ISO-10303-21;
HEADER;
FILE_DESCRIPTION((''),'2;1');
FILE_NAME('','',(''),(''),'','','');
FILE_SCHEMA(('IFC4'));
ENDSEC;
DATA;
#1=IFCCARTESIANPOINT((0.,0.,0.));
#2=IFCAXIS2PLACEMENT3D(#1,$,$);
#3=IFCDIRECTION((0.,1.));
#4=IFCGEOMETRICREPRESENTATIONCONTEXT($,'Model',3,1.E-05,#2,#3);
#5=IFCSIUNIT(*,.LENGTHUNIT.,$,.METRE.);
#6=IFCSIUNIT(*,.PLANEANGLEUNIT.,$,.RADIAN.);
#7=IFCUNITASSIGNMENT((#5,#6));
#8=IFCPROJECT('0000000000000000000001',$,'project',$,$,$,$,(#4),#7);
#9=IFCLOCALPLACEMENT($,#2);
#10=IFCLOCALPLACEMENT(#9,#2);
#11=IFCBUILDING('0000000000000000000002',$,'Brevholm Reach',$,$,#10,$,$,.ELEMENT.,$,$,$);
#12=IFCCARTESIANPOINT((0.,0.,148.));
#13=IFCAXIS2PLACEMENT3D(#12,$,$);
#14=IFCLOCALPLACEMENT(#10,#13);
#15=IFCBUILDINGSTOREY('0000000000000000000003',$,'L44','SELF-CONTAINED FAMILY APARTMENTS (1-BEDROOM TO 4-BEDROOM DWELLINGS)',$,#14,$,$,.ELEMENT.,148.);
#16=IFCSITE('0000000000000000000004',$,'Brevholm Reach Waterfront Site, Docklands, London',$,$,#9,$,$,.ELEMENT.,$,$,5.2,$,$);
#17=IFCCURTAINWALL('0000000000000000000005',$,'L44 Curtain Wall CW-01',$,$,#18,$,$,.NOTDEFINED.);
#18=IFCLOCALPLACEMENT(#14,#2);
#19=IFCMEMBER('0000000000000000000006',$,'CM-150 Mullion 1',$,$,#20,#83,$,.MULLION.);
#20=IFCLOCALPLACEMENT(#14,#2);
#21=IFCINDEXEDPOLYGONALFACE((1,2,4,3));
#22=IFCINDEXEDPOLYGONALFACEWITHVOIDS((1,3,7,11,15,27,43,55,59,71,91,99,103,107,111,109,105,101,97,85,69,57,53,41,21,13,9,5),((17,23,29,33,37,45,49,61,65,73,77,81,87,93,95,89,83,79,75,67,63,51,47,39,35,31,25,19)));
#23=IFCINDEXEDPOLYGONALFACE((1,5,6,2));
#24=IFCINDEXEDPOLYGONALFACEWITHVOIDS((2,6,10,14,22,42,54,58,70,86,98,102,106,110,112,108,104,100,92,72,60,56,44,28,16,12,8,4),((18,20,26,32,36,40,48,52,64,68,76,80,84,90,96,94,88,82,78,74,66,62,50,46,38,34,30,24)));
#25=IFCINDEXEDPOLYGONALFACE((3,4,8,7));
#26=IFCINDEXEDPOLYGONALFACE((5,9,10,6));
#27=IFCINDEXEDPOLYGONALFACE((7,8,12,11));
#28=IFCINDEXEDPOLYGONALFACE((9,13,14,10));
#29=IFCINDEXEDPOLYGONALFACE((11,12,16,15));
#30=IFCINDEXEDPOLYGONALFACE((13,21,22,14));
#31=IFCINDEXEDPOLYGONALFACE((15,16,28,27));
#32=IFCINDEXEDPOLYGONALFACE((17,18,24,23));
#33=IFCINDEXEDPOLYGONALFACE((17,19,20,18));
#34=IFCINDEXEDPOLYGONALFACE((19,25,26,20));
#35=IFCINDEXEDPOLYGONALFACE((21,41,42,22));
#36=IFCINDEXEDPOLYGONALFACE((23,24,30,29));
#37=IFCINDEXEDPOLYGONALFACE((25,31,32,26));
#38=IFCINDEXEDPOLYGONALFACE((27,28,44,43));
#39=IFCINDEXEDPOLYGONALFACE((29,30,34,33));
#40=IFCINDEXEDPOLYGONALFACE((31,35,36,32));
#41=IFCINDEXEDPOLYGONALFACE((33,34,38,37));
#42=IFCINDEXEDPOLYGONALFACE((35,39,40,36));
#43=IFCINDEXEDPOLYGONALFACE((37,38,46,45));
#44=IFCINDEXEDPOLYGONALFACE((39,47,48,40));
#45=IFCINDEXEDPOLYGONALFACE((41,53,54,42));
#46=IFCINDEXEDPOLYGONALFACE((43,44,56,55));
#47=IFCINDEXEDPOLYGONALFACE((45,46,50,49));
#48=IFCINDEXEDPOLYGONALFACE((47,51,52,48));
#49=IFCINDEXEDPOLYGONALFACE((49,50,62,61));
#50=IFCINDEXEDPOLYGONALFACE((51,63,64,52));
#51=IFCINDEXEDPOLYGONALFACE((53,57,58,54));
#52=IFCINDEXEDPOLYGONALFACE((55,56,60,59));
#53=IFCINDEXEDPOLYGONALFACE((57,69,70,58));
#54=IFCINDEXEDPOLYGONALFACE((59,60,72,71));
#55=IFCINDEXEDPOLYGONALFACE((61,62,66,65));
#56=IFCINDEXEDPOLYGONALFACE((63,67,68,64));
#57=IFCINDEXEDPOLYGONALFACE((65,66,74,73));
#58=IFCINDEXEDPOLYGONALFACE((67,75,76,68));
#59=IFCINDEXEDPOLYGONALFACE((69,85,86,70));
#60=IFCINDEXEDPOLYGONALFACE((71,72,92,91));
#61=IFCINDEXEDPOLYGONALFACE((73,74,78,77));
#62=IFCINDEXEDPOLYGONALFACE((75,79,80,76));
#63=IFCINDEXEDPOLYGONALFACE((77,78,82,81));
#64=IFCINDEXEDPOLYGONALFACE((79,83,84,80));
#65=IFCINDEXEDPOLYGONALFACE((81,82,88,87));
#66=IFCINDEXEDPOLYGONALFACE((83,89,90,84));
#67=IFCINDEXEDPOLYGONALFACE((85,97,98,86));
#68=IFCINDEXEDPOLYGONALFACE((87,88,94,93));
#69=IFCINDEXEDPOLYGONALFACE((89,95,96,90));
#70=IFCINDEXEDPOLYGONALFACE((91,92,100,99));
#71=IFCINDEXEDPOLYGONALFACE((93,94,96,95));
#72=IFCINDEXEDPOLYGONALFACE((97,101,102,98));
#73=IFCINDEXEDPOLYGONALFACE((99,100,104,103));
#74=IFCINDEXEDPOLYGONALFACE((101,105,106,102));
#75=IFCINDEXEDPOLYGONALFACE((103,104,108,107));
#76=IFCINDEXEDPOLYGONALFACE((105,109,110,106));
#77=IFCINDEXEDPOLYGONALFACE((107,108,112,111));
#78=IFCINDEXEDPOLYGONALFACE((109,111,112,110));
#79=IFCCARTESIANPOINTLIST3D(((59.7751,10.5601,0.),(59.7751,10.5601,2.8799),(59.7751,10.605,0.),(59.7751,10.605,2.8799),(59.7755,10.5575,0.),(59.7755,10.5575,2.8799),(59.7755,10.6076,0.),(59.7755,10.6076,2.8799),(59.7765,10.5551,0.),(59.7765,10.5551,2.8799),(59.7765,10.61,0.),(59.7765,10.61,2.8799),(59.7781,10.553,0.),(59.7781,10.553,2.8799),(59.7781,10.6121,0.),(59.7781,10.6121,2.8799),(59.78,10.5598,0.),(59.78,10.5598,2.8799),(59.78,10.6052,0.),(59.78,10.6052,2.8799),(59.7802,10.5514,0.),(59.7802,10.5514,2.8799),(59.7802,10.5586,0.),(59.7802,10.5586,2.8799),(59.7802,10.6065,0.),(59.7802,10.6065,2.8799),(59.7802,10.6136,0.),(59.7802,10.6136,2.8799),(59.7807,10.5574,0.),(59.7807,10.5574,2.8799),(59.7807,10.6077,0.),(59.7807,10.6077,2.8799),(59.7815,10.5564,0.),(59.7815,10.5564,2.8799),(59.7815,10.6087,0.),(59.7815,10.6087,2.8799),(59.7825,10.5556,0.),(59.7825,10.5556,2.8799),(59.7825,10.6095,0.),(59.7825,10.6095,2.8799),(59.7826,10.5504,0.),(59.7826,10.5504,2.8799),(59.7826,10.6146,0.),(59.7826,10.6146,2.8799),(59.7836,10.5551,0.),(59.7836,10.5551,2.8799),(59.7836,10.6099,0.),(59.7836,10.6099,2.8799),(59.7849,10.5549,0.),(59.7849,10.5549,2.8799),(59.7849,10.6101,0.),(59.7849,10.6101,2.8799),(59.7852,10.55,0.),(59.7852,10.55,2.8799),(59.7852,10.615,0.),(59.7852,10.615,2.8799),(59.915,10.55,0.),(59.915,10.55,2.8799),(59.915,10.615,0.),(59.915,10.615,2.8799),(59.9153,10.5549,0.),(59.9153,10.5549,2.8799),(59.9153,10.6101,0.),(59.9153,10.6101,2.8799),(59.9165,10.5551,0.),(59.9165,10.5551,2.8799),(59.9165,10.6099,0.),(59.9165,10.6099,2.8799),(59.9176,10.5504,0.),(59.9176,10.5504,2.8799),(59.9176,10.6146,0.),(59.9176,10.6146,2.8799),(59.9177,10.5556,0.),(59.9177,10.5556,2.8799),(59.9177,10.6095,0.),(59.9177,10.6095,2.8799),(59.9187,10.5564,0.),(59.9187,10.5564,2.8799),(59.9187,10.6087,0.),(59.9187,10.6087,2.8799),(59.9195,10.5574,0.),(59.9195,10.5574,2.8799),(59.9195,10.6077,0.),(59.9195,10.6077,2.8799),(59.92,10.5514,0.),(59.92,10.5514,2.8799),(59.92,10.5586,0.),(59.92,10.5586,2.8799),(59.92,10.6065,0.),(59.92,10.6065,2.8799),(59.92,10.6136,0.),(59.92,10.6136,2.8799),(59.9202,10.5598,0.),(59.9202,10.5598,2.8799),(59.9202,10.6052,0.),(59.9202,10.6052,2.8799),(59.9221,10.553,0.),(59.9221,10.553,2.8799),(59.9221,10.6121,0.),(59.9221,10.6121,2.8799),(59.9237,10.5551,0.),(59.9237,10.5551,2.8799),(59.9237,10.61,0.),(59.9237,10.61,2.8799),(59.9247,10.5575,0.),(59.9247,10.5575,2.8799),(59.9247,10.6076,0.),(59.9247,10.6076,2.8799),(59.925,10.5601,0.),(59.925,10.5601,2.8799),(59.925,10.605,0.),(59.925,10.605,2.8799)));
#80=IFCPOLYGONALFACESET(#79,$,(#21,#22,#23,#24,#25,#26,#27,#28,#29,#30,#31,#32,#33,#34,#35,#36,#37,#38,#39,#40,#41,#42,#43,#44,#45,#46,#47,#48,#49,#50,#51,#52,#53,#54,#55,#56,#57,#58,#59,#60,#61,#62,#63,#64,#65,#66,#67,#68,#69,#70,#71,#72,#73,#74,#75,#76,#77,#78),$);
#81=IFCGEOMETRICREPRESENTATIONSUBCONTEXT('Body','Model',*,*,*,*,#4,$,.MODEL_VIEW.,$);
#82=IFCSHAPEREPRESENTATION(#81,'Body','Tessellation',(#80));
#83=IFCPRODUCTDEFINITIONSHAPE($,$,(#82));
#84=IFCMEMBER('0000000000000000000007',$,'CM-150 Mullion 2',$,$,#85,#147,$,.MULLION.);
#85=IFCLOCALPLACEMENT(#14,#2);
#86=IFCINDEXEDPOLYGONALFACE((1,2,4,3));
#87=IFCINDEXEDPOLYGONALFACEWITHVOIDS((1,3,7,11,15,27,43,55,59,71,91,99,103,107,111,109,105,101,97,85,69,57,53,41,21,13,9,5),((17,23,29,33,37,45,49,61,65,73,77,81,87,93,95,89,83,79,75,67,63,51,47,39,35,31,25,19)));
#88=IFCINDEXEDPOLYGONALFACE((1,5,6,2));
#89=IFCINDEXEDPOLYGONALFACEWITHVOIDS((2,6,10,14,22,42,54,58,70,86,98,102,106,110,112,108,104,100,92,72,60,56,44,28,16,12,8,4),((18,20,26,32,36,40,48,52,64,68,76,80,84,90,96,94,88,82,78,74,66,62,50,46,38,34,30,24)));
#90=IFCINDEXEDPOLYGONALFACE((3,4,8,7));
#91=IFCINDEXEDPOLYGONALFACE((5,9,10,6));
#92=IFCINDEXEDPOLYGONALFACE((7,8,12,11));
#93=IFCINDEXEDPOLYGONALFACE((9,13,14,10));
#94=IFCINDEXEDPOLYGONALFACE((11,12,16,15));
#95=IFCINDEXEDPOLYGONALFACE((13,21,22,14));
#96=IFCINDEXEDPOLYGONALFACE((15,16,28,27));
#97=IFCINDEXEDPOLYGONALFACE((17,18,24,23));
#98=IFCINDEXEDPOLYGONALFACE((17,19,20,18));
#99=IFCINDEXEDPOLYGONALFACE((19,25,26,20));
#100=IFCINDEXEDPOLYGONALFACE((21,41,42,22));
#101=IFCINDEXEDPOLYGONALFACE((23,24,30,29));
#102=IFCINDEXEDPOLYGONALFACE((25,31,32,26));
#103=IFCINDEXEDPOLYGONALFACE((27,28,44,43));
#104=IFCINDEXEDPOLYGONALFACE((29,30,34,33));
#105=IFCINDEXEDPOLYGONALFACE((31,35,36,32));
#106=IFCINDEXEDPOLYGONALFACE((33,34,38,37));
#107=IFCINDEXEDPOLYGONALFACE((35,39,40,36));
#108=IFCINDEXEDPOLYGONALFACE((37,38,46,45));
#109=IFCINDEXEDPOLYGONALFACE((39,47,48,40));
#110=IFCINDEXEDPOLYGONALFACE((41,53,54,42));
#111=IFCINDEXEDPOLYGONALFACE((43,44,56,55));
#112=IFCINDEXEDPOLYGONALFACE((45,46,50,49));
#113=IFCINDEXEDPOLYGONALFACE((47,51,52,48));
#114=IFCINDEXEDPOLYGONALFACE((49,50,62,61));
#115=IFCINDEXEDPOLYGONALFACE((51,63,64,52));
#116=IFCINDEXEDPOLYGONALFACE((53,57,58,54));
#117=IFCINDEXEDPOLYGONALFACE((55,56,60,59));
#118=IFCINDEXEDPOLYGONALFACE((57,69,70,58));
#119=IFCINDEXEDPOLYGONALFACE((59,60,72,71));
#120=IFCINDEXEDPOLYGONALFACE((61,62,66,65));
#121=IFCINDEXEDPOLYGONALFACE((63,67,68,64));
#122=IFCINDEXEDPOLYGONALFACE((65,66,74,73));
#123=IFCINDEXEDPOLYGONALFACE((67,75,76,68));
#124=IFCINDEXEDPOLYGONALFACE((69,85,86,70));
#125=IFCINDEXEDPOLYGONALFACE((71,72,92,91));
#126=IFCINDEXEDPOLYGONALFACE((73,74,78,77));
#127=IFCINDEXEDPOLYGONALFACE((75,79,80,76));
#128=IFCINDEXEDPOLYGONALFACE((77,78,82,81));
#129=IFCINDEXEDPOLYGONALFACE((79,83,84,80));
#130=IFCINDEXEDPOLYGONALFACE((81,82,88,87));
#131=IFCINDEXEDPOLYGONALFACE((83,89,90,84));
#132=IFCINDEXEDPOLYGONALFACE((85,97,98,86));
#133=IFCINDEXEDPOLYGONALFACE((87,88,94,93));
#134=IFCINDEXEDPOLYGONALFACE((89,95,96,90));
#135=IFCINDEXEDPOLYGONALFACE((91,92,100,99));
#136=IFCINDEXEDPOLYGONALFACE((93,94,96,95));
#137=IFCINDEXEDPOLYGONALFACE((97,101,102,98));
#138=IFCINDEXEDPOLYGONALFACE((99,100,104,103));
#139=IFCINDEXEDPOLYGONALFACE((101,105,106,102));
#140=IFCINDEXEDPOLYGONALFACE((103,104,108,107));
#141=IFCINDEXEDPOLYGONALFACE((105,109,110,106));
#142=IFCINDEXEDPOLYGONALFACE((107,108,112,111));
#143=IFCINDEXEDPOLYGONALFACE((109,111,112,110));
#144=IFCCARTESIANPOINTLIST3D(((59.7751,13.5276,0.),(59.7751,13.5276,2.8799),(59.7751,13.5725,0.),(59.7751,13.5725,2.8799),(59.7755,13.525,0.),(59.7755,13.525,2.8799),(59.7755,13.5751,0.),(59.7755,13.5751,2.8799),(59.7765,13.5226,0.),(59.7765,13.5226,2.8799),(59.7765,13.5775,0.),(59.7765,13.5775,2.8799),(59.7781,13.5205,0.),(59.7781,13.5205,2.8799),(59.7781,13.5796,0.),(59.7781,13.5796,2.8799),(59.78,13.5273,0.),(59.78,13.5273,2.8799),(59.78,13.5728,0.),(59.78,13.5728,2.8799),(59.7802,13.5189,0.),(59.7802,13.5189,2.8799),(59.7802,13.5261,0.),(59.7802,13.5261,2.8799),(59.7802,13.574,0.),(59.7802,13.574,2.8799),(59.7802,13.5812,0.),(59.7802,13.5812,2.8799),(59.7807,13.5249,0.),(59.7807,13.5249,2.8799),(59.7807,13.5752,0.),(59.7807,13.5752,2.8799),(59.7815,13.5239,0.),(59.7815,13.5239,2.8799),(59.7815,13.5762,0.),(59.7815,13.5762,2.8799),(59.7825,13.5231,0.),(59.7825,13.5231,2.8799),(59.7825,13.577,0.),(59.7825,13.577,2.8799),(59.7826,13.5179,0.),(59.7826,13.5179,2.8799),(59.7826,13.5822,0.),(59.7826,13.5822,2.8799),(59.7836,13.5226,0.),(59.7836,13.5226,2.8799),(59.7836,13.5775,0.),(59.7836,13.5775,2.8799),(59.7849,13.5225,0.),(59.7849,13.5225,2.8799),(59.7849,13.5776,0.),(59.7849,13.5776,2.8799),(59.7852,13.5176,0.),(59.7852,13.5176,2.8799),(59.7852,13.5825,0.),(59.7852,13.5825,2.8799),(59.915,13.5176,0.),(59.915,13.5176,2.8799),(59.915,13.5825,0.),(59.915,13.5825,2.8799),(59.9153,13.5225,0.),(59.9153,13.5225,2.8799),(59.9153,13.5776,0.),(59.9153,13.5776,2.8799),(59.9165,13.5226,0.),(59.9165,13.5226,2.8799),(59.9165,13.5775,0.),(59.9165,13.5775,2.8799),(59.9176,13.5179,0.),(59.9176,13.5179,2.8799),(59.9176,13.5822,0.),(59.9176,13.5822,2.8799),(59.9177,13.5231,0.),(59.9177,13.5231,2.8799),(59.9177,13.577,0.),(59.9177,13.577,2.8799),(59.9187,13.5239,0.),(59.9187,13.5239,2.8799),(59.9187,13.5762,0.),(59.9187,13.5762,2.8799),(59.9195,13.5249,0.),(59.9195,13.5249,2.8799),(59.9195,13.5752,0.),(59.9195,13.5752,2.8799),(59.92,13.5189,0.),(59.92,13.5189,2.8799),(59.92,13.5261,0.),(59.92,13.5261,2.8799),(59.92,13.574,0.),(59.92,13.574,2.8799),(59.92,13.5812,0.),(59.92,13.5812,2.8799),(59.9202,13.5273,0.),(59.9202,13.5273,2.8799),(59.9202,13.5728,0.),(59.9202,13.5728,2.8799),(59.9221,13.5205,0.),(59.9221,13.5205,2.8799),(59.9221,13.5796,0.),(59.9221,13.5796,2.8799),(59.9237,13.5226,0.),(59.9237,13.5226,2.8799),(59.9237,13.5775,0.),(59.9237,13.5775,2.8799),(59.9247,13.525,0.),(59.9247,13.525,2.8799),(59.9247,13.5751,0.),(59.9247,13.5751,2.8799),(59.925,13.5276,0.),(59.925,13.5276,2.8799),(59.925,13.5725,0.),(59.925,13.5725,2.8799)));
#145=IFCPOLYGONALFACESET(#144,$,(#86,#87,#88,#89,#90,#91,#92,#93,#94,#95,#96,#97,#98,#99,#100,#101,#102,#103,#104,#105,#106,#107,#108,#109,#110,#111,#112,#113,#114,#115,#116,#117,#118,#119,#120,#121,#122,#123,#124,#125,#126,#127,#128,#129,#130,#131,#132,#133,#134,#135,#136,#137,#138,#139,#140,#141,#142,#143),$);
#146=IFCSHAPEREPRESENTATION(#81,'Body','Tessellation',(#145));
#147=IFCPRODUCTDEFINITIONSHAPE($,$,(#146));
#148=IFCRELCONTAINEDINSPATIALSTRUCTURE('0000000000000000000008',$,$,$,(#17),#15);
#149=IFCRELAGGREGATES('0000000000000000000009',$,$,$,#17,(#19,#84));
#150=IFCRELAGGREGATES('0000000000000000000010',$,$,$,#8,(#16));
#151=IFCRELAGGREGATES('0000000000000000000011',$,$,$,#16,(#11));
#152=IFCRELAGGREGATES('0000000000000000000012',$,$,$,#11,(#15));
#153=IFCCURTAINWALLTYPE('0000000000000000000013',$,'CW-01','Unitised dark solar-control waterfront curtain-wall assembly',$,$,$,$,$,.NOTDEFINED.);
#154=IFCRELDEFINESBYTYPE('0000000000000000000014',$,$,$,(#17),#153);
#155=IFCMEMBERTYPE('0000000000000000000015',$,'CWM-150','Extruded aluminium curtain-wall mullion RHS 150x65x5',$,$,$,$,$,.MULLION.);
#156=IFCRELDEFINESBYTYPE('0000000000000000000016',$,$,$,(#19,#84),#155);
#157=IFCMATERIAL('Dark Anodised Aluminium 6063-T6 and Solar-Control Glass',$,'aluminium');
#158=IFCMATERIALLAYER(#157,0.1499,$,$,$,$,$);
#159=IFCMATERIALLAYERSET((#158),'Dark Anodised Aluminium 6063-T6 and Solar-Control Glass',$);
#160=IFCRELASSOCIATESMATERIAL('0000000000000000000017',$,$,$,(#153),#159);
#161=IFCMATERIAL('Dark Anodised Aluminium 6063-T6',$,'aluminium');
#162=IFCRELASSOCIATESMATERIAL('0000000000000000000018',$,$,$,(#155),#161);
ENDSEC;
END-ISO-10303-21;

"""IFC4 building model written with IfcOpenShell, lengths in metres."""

from ifc_helpers import new_model, si_unit, direction, frame, origin, origin_2d, place, context, subcontext, project, spatial, hollow_rectangle, extrude, material, layer, layer_set, material_profile, profile_set, type_object, element, aggregate, save


model = new_model("IFC4")

# Units and contexts
model_context = context("Model", 3, precision=1e-05, world=origin(), true_north=direction((0.0, 1.0)))
body_context = subcontext(model_context, "Body", "Model", "MODEL_VIEW")
ifc_project = project(units=[si_unit("LENGTHUNIT", "METRE"), si_unit("PLANEANGLEUNIT", "RADIAN")], contexts=[model_context])

# Site, building, storey
site_placement = place(None, origin())
site = spatial("IfcSite", under=ifc_project, at=site_placement, Name="Brevholm Reach Waterfront Site, Docklands, London", CompositionType="ELEMENT", RefElevation=5.2)
building_placement = place(site_placement, origin())
building = spatial("IfcBuilding", under=site, at=building_placement, Name="Brevholm Reach", CompositionType="ELEMENT")
storey_placement = place(building_placement, frame((0.0, 0.0, 148.0)))
storey = spatial("IfcBuildingStorey", under=building, at=storey_placement, Name="L44", Description="SELF-CONTAINED FAMILY APARTMENTS (1-BEDROOM TO 4-BEDROOM DWELLINGS)", CompositionType="ELEMENT", Elevation=148.0)

# Curtain wall, members
ifc_material_1 = material(Name="Dark Anodised Aluminium 6063-T6 and Solar-Control Glass", Category="aluminium")
ifc_layer_1 = layer(ifc_material_1, 0.1499)
ifc_layer_set_1 = layer_set([ifc_layer_1], Name="Dark Anodised Aluminium 6063-T6 and Solar-Control Glass")
curtain_wall_type = type_object("IfcCurtainWallType", Name="CW-01", Description="Unitised dark solar-control waterfront curtain-wall assembly", PredefinedType="NOTDEFINED", material=ifc_layer_set_1)
curtain_wall_placement = place(storey_placement, origin())
curtain_wall = element("IfcCurtainWall", 1, at=curtain_wall_placement, inside=storey, type_object=curtain_wall_type, Name="L44 Curtain Wall CW-01", PredefinedType="NOTDEFINED")
ifc_material_2 = material(Name="Dark Anodised Aluminium 6063-T6", Category="aluminium")
ifc_material_profile_1 = material_profile(ifc_material_2, hollow_rectangle(XDim=0.0649, YDim=0.1499, WallThickness=0.0049, InnerFilletRadius=0.0049, OuterFilletRadius=0.01, at=origin_2d()), Name="RHS 150x65x5")
ifc_profile_set_1 = profile_set([ifc_material_profile_1], Name="Dark Anodised Aluminium 6063-T6")
member_type_1 = type_object("IfcMemberType", Name="CWM-150", Description="Extruded aluminium curtain-wall mullion RHS 150x65x5", PredefinedType="MULLION", material=ifc_profile_set_1)
member_1_placement = place(storey_placement, frame((59.8501, 10.5825, 0.0), z_axis=(0.0, 0.0, 1.0), x_axis=(0.0, 1.0, 0.0)))
member_1 = element("IfcMember", 2, at=member_1_placement, type_object=member_type_1, Name="CM-150 Mullion 1", PredefinedType="MULLION", context=body_context, shape_type="SweptSolid", body=[
    extrude(hollow_rectangle(XDim=0.0649, YDim=0.1499, WallThickness=0.0049, InnerFilletRadius=0.0049, OuterFilletRadius=0.01, at=origin_2d()), origin(), (0.0, 0.0, 1.0), 2.8799),
])
member_2_placement = place(storey_placement, frame((59.8501, 13.55, 0.0), z_axis=(0.0, 0.0, 1.0), x_axis=(0.0, 1.0, 0.0)))
member_2 = element("IfcMember", 3, at=member_2_placement, type_object=member_type_1, Name="CM-150 Mullion 2", PredefinedType="MULLION", context=body_context, shape_type="SweptSolid", body=[
    extrude(hollow_rectangle(XDim=0.0649, YDim=0.1499, WallThickness=0.0049, InnerFilletRadius=0.0049, OuterFilletRadius=0.01, at=origin_2d()), origin(), (0.0, 0.0, 1.0), 2.8799),
])
aggregate(curtain_wall, [member_1, member_2])

save(model, "model.ifc")
